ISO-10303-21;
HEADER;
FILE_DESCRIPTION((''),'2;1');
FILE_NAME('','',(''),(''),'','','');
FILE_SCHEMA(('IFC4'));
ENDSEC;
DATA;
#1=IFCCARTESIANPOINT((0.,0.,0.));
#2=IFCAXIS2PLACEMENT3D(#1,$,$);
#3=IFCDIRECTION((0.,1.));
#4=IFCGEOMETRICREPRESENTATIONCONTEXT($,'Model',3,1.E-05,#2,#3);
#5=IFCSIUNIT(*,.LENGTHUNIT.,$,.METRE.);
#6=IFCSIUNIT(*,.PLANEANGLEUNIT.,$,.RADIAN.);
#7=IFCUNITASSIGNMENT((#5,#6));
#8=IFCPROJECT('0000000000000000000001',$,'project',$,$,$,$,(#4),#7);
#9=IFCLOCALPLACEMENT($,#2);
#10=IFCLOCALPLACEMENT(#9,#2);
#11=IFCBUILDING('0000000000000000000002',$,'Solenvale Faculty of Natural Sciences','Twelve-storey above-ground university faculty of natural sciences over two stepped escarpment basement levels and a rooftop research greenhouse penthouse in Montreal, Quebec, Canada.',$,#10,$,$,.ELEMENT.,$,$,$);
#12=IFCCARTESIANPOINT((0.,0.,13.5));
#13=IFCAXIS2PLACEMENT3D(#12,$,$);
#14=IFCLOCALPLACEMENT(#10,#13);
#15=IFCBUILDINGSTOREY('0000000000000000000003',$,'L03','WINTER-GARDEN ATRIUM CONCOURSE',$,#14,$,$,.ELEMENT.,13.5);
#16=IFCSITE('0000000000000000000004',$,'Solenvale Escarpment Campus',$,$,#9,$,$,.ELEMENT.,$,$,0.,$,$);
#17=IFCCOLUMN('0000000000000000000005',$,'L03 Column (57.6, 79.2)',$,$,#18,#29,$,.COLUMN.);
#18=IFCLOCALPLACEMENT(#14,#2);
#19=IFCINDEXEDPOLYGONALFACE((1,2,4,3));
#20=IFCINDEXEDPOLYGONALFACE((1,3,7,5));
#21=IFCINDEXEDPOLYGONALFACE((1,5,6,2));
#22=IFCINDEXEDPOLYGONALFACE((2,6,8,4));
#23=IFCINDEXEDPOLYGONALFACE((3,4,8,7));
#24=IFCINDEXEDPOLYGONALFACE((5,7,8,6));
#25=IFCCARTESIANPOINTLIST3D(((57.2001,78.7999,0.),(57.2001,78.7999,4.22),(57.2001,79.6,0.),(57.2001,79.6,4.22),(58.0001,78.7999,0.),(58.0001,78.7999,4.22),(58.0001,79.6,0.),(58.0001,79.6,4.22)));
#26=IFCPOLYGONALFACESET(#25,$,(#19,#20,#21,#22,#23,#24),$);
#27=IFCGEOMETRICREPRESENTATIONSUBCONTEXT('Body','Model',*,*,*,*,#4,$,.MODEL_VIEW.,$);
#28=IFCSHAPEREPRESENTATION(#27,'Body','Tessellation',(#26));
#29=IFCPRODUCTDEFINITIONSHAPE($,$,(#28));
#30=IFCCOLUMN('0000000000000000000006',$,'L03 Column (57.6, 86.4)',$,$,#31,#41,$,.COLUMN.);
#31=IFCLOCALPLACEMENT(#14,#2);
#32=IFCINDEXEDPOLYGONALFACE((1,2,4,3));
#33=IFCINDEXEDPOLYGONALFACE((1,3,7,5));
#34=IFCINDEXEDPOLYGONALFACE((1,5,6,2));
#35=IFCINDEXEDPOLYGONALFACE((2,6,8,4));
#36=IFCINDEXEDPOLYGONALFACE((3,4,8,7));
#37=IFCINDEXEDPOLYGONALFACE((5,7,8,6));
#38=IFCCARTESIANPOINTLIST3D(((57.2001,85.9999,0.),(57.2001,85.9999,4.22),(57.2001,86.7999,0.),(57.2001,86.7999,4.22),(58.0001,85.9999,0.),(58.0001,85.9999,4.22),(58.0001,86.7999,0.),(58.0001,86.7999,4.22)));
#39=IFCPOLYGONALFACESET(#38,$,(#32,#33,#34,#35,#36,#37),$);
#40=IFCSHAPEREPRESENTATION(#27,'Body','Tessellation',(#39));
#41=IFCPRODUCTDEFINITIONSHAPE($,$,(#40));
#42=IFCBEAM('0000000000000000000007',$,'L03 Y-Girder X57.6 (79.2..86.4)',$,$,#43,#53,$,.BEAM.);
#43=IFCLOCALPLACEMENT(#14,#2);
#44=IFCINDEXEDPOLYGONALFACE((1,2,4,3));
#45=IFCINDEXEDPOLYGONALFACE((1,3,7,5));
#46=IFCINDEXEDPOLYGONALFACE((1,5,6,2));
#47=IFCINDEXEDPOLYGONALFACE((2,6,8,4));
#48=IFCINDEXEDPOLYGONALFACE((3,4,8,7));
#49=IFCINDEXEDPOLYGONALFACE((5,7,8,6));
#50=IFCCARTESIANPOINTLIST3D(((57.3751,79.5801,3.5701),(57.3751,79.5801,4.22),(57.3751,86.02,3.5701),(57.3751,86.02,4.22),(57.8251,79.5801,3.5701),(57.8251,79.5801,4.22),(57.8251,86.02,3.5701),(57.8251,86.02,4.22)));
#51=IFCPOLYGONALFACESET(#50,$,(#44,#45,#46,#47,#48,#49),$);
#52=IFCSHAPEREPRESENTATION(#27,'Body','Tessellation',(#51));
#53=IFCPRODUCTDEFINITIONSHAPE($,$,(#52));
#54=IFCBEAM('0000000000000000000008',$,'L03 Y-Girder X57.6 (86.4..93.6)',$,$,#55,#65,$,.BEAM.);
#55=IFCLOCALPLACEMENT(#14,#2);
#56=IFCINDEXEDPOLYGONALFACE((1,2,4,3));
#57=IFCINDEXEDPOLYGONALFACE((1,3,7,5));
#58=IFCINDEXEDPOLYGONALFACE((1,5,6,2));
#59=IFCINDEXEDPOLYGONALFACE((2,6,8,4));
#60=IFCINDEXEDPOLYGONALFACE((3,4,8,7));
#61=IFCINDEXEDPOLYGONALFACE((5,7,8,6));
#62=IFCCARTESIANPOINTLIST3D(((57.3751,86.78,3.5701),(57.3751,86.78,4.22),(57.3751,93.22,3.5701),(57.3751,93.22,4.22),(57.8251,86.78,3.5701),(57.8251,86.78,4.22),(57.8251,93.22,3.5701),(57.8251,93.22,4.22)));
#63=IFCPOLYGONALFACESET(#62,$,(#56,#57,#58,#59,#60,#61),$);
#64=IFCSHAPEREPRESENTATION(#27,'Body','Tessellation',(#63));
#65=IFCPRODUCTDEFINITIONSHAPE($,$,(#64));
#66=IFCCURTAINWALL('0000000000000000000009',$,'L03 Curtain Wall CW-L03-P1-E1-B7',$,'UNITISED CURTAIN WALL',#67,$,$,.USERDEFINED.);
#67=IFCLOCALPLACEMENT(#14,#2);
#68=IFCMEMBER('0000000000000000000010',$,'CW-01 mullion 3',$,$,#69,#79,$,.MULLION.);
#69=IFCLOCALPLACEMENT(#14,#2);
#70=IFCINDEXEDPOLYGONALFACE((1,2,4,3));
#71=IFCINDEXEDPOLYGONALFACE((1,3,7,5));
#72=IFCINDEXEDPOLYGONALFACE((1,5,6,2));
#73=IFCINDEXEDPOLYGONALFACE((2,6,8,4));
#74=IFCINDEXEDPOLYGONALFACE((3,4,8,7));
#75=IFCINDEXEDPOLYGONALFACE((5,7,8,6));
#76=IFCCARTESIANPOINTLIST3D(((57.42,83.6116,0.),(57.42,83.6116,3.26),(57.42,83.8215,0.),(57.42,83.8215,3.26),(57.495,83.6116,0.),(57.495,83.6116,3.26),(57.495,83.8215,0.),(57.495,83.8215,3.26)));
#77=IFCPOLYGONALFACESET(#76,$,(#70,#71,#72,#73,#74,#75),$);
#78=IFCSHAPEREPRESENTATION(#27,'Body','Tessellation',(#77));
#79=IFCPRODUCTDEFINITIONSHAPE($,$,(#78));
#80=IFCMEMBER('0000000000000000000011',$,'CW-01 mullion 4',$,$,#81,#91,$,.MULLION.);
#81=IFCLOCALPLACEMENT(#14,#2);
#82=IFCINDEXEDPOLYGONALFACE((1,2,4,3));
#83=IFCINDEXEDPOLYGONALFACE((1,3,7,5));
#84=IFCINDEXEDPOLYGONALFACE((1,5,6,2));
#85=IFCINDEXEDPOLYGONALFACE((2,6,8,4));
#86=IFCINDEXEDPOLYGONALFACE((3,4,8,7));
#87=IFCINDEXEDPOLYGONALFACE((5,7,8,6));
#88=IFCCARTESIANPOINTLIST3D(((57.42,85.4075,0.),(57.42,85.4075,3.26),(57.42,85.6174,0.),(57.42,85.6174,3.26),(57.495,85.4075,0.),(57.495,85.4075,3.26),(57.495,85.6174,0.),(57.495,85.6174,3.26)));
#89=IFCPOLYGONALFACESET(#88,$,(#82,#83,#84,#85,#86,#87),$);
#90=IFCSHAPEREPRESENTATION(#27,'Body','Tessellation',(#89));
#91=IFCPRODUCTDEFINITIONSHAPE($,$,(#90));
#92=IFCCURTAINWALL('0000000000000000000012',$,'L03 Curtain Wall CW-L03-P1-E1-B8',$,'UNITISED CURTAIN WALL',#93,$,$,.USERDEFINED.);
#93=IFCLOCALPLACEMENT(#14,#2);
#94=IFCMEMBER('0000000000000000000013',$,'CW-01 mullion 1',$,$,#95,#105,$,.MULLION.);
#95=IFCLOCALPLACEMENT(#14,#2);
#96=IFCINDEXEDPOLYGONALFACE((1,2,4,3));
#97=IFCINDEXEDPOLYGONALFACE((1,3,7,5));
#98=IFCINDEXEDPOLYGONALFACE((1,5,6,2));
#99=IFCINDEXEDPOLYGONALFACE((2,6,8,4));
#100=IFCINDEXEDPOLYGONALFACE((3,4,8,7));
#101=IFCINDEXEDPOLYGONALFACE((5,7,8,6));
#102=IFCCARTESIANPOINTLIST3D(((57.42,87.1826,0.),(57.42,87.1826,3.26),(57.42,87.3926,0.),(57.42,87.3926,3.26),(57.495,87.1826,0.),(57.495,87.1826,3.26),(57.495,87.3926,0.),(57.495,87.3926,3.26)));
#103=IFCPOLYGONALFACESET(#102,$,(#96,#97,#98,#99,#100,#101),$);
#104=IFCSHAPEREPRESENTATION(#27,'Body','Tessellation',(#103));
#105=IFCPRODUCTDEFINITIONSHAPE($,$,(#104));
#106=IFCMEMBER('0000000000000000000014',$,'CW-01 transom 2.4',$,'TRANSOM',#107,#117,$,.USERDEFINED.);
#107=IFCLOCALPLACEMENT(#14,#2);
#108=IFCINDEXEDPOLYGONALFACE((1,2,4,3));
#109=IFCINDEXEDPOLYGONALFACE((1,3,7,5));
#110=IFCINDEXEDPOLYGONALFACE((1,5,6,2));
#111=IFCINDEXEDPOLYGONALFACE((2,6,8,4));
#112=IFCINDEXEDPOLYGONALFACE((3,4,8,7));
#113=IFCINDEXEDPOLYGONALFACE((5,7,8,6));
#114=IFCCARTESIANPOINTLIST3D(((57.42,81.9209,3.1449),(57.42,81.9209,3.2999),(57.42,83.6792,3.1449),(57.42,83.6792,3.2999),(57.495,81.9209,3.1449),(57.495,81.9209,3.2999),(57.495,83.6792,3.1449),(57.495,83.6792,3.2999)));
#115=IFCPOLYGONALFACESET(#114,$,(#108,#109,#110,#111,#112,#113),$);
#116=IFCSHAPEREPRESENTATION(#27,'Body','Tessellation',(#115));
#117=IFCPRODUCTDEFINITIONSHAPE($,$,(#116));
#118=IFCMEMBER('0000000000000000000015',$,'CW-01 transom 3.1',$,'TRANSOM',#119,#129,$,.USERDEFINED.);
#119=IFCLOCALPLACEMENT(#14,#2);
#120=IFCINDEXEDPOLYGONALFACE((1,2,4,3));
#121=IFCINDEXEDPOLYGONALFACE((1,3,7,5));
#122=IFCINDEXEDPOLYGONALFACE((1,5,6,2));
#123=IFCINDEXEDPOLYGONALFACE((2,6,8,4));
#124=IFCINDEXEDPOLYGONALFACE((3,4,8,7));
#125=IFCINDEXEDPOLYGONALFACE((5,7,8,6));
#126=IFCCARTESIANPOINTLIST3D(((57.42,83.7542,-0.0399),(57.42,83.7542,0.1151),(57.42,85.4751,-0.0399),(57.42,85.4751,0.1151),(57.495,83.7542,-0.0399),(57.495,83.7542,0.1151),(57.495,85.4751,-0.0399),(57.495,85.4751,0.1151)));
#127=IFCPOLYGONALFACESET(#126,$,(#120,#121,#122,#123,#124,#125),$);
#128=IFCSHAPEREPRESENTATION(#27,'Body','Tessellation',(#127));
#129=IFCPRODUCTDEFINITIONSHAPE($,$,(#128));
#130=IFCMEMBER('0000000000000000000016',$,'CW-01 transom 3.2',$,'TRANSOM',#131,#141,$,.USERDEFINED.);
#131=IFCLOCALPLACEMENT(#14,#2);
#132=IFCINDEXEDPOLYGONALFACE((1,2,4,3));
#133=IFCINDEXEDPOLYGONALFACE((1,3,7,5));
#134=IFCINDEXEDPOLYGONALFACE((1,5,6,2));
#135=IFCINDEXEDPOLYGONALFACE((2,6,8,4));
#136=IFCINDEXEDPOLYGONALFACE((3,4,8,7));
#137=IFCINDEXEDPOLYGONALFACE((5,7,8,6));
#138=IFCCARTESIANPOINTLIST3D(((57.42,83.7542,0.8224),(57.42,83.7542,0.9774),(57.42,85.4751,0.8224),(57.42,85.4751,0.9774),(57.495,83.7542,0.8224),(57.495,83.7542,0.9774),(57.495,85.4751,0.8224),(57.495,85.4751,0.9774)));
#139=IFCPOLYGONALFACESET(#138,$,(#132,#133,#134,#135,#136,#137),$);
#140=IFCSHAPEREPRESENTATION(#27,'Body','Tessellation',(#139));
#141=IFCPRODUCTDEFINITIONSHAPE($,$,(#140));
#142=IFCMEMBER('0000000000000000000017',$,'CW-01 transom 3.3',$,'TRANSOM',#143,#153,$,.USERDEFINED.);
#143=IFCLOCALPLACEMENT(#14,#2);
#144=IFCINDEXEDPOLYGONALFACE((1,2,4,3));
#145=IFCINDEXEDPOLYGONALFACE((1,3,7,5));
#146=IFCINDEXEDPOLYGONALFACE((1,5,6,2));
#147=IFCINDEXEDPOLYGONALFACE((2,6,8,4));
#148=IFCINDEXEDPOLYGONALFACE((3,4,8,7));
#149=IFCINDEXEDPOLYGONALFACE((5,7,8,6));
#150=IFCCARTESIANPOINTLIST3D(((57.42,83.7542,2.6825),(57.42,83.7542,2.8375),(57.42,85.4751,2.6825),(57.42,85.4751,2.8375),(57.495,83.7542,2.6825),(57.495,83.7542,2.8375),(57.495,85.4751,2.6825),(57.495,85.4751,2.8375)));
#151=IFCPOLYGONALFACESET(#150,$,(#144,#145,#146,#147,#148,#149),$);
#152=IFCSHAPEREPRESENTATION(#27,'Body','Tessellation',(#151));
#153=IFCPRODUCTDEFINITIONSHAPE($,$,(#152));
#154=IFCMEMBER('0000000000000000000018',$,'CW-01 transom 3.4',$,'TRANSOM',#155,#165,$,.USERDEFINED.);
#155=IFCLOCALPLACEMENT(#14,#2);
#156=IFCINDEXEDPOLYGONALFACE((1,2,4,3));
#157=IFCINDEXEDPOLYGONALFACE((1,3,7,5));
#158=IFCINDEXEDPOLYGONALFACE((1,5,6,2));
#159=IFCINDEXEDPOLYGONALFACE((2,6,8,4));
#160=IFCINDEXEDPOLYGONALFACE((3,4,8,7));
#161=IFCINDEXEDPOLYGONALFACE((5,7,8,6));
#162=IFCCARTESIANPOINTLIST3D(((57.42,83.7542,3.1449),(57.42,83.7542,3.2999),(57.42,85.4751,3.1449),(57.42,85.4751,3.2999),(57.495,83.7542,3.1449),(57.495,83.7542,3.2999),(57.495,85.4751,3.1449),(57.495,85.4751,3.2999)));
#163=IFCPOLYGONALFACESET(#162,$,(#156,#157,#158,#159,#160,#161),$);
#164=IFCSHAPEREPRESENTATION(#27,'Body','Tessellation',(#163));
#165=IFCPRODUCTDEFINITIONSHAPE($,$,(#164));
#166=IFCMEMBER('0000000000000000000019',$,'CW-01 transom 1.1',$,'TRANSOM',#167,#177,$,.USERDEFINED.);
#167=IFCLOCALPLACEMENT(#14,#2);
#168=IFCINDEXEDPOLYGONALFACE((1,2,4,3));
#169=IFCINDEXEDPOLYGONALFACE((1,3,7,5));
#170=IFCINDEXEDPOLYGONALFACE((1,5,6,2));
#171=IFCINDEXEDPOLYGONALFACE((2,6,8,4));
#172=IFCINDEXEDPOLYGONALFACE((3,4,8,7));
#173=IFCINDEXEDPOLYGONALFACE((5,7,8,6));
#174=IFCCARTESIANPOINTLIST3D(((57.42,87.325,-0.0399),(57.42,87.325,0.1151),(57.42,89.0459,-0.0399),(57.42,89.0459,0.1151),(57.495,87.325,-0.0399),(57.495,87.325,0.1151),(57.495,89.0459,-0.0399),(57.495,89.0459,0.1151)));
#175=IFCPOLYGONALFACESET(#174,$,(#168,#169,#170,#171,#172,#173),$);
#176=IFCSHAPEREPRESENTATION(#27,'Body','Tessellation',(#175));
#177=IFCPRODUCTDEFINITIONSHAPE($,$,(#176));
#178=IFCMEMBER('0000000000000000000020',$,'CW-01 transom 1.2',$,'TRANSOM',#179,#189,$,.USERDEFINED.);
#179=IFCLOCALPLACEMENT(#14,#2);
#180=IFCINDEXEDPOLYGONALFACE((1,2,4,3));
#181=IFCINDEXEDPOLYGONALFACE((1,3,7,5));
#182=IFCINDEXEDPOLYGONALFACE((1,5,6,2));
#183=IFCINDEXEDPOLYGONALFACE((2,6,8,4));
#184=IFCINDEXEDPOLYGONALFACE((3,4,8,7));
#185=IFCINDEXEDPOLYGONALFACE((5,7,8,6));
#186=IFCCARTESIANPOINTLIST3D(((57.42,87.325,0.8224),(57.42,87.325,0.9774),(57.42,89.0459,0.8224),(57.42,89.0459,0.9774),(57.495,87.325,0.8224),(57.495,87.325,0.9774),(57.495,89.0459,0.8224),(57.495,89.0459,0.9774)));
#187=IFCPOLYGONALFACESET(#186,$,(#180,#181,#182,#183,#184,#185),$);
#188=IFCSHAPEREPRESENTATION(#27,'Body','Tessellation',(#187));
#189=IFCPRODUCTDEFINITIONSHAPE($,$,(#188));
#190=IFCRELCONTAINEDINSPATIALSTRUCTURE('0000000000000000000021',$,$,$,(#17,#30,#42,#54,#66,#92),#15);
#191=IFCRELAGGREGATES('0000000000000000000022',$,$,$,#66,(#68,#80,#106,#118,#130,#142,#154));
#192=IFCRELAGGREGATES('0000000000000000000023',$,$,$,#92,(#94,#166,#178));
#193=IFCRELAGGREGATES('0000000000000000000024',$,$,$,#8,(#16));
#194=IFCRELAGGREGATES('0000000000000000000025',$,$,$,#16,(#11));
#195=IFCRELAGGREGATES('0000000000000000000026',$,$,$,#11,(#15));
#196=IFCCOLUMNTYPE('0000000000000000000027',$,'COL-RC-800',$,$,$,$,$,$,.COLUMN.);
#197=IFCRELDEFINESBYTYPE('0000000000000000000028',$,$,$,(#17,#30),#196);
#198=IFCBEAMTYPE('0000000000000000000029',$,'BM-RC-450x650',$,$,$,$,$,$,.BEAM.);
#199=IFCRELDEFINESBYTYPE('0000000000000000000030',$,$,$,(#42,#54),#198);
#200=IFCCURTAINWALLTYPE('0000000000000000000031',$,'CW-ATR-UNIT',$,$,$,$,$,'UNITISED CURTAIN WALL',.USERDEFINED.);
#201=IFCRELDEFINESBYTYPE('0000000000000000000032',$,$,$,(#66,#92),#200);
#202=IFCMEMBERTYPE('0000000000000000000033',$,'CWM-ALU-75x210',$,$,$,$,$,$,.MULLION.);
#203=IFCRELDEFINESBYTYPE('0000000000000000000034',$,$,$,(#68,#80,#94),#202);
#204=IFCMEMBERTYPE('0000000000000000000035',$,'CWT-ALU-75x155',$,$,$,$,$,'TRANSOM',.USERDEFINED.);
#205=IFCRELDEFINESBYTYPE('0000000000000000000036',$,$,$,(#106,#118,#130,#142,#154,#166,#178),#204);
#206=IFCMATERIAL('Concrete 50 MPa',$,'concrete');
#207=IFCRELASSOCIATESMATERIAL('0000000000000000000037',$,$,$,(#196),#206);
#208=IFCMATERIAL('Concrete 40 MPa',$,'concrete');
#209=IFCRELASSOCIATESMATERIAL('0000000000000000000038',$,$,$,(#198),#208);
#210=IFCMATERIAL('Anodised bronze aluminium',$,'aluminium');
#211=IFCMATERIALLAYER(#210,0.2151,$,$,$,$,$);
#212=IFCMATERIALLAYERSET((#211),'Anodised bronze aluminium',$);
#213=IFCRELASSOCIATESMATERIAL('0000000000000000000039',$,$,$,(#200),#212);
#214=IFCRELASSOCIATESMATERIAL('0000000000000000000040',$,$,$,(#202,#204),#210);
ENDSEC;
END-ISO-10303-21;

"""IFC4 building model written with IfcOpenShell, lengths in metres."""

from ifc_helpers import new_model, si_unit, direction, frame, origin, origin_2d, place, context, subcontext, project, spatial, rectangle, extrude, material, layer, layer_set, material_profile, profile_set, type_object, element, aggregate, save


model = new_model("IFC4")

# Units and contexts
model_context = context("Model", 3, precision=1e-05, world=origin(), true_north=direction((0.0, 1.0)))
body_context = subcontext(model_context, "Body", "Model", "MODEL_VIEW")
ifc_project = project(units=[si_unit("LENGTHUNIT", "METRE"), si_unit("PLANEANGLEUNIT", "RADIAN")], contexts=[model_context])

# Site, building, storey
site_placement = place(None, origin())
site = spatial("IfcSite", under=ifc_project, at=site_placement, Name="Solenvale Escarpment Campus", CompositionType="ELEMENT", RefElevation=0.0)
building_placement = place(site_placement, origin())
building = spatial("IfcBuilding", under=site, at=building_placement, Name="Solenvale Faculty of Natural Sciences", Description="Twelve-storey above-ground university faculty of natural sciences over two stepped escarpment basement levels and a rooftop research greenhouse penthouse in Montreal, Quebec, Canada.", CompositionType="ELEMENT")
storey_placement = place(building_placement, frame((0.0, 0.0, 13.5)))
storey = spatial("IfcBuildingStorey", under=building, at=storey_placement, Name="L03", Description="WINTER-GARDEN ATRIUM CONCOURSE", CompositionType="ELEMENT", Elevation=13.5)

# Columns
ifc_material_1 = material(Name="Concrete 50 MPa", Category="concrete")
ifc_material_profile_1 = material_profile(ifc_material_1, rectangle(XDim=0.8, YDim=0.8, at=origin_2d()), Name="RC-COL-800x800")
ifc_profile_set_1 = profile_set([ifc_material_profile_1], Name="Concrete 50 MPa")
column_type = type_object("IfcColumnType", Name="COL-RC-800", PredefinedType="COLUMN", material=ifc_profile_set_1)
for number, where, z_axis, x_axis, name in (
    (1, (57.6001, 79.2, 0.0), (0.0, 0.0, 1.0), (1.0, 0.0, 0.0), "L03 Column (57.6, 79.2)"),
    (2, (57.6001, 86.3999, 0.0), (0.0, 0.0, 1.0), (1.0, 0.0, 0.0), "L03 Column (57.6, 86.4)"),
):
    element("IfcColumn", number, at=place(storey_placement, frame(where, z_axis=z_axis, x_axis=x_axis)), inside=storey, type_object=column_type, Name=name, PredefinedType="COLUMN", context=body_context, shape_type="SweptSolid", body=[
        extrude(rectangle(XDim=0.8, YDim=0.8, at=origin_2d()), origin(), (0.0, 0.0, 1.0), 4.22),
    ])

# Beams
ifc_material_2 = material(Name="Concrete 40 MPa", Category="concrete")
ifc_material_profile_2 = material_profile(ifc_material_2, rectangle(XDim=0.45, YDim=0.6499, at=origin_2d()), Name="RC-BM-450x650")
ifc_profile_set_2 = profile_set([ifc_material_profile_2], Name="Concrete 40 MPa")
beam_type = type_object("IfcBeamType", Name="BM-RC-450x650", PredefinedType="BEAM", material=ifc_profile_set_2)
for number, where, z_axis, x_axis, name in (
    (3, (57.6001, 79.5801, 3.895), (0.0, 1.0, 0.0), (-1.0, 0.0, 0.0), "L03 Y-Girder X57.6 (79.2..86.4)"),
    (4, (57.6001, 86.78, 3.895), (0.0, 1.0, 0.0), (-1.0, 0.0, 0.0), "L03 Y-Girder X57.6 (86.4..93.6)"),
):
    element("IfcBeam", number, at=place(storey_placement, frame(where, z_axis=z_axis, x_axis=x_axis)), inside=storey, type_object=beam_type, Name=name, PredefinedType="BEAM", context=body_context, shape_type="SweptSolid", body=[
        extrude(rectangle(XDim=0.45, YDim=0.6499, at=origin_2d()), origin(), (0.0, 0.0, 1.0), 6.4399),
    ])

# Curtain wall, members
ifc_material_3 = material(Name="Anodised bronze aluminium", Category="aluminium")
ifc_layer_1 = layer(ifc_material_3, 0.2151)
ifc_layer_set_1 = layer_set([ifc_layer_1], Name="Anodised bronze aluminium")
curtain_wall_type = type_object("IfcCurtainWallType", Name="CW-ATR-UNIT", ElementType="UNITISED CURTAIN WALL", PredefinedType="USERDEFINED", material=ifc_layer_set_1)
curtain_wall_1_placement = place(storey_placement, origin())
curtain_wall_1 = element("IfcCurtainWall", 5, at=curtain_wall_1_placement, inside=storey, type_object=curtain_wall_type, Name="L03 Curtain Wall CW-L03-P1-E1-B7", ObjectType="UNITISED CURTAIN WALL", PredefinedType="USERDEFINED")
ifc_material_profile_3 = material_profile(ifc_material_3, rectangle(XDim=0.075, YDim=0.21, at=origin_2d()), Name="ALU-MUL-75x210")
ifc_profile_set_3 = profile_set([ifc_material_profile_3], Name="Anodised bronze aluminium")
member_type_1 = type_object("IfcMemberType", Name="CWM-ALU-75x210", PredefinedType="MULLION", material=ifc_profile_set_3)
member_1_placement = place(storey_placement, frame((57.4575, 83.7166, 0.0), z_axis=(0.0, 0.0, 1.0), x_axis=(-1.0, 0.0, 0.0)))
member_1 = element("IfcMember", 6, at=member_1_placement, type_object=member_type_1, Name="CW-01 mullion 3", PredefinedType="MULLION", context=body_context, shape_type="SweptSolid", body=[
    extrude(rectangle(XDim=0.075, YDim=0.21, at=origin_2d()), origin(), (0.0, 0.0, 1.0), 3.26),
])
member_2_placement = place(storey_placement, frame((57.4575, 85.5125, 0.0), z_axis=(0.0, 0.0, 1.0), x_axis=(-1.0, 0.0, 0.0)))
member_2 = element("IfcMember", 7, at=member_2_placement, type_object=member_type_1, Name="CW-01 mullion 4", PredefinedType="MULLION", context=body_context, shape_type="SweptSolid", body=[
    extrude(rectangle(XDim=0.075, YDim=0.21, at=origin_2d()), origin(), (0.0, 0.0, 1.0), 3.26),
])

# Curtain wall, member
curtain_wall_2_placement = place(storey_placement, origin())
curtain_wall_2 = element("IfcCurtainWall", 8, at=curtain_wall_2_placement, inside=storey, type_object=curtain_wall_type, Name="L03 Curtain Wall CW-L03-P1-E1-B8", ObjectType="UNITISED CURTAIN WALL", PredefinedType="USERDEFINED")
member_3_placement = place(storey_placement, frame((57.4575, 87.2876, 0.0), z_axis=(0.0, 0.0, 1.0), x_axis=(-1.0, 0.0, 0.0)))
member_3 = element("IfcMember", 9, at=member_3_placement, type_object=member_type_1, Name="CW-01 mullion 1", PredefinedType="MULLION", context=body_context, shape_type="SweptSolid", body=[
    extrude(rectangle(XDim=0.075, YDim=0.21, at=origin_2d()), origin(), (0.0, 0.0, 1.0), 3.26),
])

# Members
ifc_material_profile_4 = material_profile(ifc_material_3, rectangle(XDim=0.075, YDim=0.155, at=origin_2d()), Name="ALU-TRN-75x155")
ifc_profile_set_4 = profile_set([ifc_material_profile_4], Name="Anodised bronze aluminium")
member_type_2 = type_object("IfcMemberType", Name="CWT-ALU-75x155", ElementType="TRANSOM", PredefinedType="USERDEFINED", material=ifc_profile_set_4)
member_4_placement = place(storey_placement, frame((57.4575, 81.9209, 3.2224), z_axis=(0.0, 1.0, 0.0), x_axis=(-1.0, 0.0, 0.0)))
member_4 = element("IfcMember", 10, at=member_4_placement, type_object=member_type_2, Name="CW-01 transom 2.4", ObjectType="TRANSOM", PredefinedType="USERDEFINED", context=body_context, shape_type="SweptSolid", body=[
    extrude(rectangle(XDim=0.075, YDim=0.155, at=origin_2d()), origin(), (0.0, 0.0, 1.0), 1.7583),
])
member_5_placement = place(storey_placement, frame((57.4575, 83.7542, 0.0376), z_axis=(0.0, 1.0, 0.0), x_axis=(-1.0, 0.0, 0.0)))
member_5 = element("IfcMember", 11, at=member_5_placement, type_object=member_type_2, Name="CW-01 transom 3.1", ObjectType="TRANSOM", PredefinedType="USERDEFINED", context=body_context, shape_type="SweptSolid", body=[
    extrude(rectangle(XDim=0.075, YDim=0.155, at=origin_2d()), origin(), (0.0, 0.0, 1.0), 1.7209),
])
member_6_placement = place(storey_placement, frame((57.4575, 83.7542, 0.8999), z_axis=(0.0, 1.0, 0.0), x_axis=(-1.0, 0.0, 0.0)))
member_6 = element("IfcMember", 12, at=member_6_placement, type_object=member_type_2, Name="CW-01 transom 3.2", ObjectType="TRANSOM", PredefinedType="USERDEFINED", context=body_context, shape_type="SweptSolid", body=[
    extrude(rectangle(XDim=0.075, YDim=0.155, at=origin_2d()), origin(), (0.0, 0.0, 1.0), 1.7209),
])
member_7_placement = place(storey_placement, frame((57.4575, 83.7542, 2.76), z_axis=(0.0, 1.0, 0.0), x_axis=(-1.0, 0.0, 0.0)))
member_7 = element("IfcMember", 13, at=member_7_placement, type_object=member_type_2, Name="CW-01 transom 3.3", ObjectType="TRANSOM", PredefinedType="USERDEFINED", context=body_context, shape_type="SweptSolid", body=[
    extrude(rectangle(XDim=0.075, YDim=0.155, at=origin_2d()), origin(), (0.0, 0.0, 1.0), 1.7209),
])
member_8_placement = place(storey_placement, frame((57.4575, 83.7542, 3.2224), z_axis=(0.0, 1.0, 0.0), x_axis=(-1.0, 0.0, 0.0)))
member_8 = element("IfcMember", 14, at=member_8_placement, type_object=member_type_2, Name="CW-01 transom 3.4", ObjectType="TRANSOM", PredefinedType="USERDEFINED", context=body_context, shape_type="SweptSolid", body=[
    extrude(rectangle(XDim=0.075, YDim=0.155, at=origin_2d()), origin(), (0.0, 0.0, 1.0), 1.7209),
])
member_9_placement = place(storey_placement, frame((57.4575, 87.325, 0.0376), z_axis=(0.0, 1.0, 0.0), x_axis=(-1.0, 0.0, 0.0)))
member_9 = element("IfcMember", 15, at=member_9_placement, type_object=member_type_2, Name="CW-01 transom 1.1", ObjectType="TRANSOM", PredefinedType="USERDEFINED", context=body_context, shape_type="SweptSolid", body=[
    extrude(rectangle(XDim=0.075, YDim=0.155, at=origin_2d()), origin(), (0.0, 0.0, 1.0), 1.7209),
])
member_10_placement = place(storey_placement, frame((57.4575, 87.325, 0.8999), z_axis=(0.0, 1.0, 0.0), x_axis=(-1.0, 0.0, 0.0)))
member_10 = element("IfcMember", 16, at=member_10_placement, type_object=member_type_2, Name="CW-01 transom 1.2", ObjectType="TRANSOM", PredefinedType="USERDEFINED", context=body_context, shape_type="SweptSolid", body=[
    extrude(rectangle(XDim=0.075, YDim=0.155, at=origin_2d()), origin(), (0.0, 0.0, 1.0), 1.7209),
])

aggregate(curtain_wall_1, [member_1, member_2, member_4, member_5, member_6, member_7, member_8])
aggregate(curtain_wall_2, [member_3, member_9, member_10])

save(model, "model.ifc")
